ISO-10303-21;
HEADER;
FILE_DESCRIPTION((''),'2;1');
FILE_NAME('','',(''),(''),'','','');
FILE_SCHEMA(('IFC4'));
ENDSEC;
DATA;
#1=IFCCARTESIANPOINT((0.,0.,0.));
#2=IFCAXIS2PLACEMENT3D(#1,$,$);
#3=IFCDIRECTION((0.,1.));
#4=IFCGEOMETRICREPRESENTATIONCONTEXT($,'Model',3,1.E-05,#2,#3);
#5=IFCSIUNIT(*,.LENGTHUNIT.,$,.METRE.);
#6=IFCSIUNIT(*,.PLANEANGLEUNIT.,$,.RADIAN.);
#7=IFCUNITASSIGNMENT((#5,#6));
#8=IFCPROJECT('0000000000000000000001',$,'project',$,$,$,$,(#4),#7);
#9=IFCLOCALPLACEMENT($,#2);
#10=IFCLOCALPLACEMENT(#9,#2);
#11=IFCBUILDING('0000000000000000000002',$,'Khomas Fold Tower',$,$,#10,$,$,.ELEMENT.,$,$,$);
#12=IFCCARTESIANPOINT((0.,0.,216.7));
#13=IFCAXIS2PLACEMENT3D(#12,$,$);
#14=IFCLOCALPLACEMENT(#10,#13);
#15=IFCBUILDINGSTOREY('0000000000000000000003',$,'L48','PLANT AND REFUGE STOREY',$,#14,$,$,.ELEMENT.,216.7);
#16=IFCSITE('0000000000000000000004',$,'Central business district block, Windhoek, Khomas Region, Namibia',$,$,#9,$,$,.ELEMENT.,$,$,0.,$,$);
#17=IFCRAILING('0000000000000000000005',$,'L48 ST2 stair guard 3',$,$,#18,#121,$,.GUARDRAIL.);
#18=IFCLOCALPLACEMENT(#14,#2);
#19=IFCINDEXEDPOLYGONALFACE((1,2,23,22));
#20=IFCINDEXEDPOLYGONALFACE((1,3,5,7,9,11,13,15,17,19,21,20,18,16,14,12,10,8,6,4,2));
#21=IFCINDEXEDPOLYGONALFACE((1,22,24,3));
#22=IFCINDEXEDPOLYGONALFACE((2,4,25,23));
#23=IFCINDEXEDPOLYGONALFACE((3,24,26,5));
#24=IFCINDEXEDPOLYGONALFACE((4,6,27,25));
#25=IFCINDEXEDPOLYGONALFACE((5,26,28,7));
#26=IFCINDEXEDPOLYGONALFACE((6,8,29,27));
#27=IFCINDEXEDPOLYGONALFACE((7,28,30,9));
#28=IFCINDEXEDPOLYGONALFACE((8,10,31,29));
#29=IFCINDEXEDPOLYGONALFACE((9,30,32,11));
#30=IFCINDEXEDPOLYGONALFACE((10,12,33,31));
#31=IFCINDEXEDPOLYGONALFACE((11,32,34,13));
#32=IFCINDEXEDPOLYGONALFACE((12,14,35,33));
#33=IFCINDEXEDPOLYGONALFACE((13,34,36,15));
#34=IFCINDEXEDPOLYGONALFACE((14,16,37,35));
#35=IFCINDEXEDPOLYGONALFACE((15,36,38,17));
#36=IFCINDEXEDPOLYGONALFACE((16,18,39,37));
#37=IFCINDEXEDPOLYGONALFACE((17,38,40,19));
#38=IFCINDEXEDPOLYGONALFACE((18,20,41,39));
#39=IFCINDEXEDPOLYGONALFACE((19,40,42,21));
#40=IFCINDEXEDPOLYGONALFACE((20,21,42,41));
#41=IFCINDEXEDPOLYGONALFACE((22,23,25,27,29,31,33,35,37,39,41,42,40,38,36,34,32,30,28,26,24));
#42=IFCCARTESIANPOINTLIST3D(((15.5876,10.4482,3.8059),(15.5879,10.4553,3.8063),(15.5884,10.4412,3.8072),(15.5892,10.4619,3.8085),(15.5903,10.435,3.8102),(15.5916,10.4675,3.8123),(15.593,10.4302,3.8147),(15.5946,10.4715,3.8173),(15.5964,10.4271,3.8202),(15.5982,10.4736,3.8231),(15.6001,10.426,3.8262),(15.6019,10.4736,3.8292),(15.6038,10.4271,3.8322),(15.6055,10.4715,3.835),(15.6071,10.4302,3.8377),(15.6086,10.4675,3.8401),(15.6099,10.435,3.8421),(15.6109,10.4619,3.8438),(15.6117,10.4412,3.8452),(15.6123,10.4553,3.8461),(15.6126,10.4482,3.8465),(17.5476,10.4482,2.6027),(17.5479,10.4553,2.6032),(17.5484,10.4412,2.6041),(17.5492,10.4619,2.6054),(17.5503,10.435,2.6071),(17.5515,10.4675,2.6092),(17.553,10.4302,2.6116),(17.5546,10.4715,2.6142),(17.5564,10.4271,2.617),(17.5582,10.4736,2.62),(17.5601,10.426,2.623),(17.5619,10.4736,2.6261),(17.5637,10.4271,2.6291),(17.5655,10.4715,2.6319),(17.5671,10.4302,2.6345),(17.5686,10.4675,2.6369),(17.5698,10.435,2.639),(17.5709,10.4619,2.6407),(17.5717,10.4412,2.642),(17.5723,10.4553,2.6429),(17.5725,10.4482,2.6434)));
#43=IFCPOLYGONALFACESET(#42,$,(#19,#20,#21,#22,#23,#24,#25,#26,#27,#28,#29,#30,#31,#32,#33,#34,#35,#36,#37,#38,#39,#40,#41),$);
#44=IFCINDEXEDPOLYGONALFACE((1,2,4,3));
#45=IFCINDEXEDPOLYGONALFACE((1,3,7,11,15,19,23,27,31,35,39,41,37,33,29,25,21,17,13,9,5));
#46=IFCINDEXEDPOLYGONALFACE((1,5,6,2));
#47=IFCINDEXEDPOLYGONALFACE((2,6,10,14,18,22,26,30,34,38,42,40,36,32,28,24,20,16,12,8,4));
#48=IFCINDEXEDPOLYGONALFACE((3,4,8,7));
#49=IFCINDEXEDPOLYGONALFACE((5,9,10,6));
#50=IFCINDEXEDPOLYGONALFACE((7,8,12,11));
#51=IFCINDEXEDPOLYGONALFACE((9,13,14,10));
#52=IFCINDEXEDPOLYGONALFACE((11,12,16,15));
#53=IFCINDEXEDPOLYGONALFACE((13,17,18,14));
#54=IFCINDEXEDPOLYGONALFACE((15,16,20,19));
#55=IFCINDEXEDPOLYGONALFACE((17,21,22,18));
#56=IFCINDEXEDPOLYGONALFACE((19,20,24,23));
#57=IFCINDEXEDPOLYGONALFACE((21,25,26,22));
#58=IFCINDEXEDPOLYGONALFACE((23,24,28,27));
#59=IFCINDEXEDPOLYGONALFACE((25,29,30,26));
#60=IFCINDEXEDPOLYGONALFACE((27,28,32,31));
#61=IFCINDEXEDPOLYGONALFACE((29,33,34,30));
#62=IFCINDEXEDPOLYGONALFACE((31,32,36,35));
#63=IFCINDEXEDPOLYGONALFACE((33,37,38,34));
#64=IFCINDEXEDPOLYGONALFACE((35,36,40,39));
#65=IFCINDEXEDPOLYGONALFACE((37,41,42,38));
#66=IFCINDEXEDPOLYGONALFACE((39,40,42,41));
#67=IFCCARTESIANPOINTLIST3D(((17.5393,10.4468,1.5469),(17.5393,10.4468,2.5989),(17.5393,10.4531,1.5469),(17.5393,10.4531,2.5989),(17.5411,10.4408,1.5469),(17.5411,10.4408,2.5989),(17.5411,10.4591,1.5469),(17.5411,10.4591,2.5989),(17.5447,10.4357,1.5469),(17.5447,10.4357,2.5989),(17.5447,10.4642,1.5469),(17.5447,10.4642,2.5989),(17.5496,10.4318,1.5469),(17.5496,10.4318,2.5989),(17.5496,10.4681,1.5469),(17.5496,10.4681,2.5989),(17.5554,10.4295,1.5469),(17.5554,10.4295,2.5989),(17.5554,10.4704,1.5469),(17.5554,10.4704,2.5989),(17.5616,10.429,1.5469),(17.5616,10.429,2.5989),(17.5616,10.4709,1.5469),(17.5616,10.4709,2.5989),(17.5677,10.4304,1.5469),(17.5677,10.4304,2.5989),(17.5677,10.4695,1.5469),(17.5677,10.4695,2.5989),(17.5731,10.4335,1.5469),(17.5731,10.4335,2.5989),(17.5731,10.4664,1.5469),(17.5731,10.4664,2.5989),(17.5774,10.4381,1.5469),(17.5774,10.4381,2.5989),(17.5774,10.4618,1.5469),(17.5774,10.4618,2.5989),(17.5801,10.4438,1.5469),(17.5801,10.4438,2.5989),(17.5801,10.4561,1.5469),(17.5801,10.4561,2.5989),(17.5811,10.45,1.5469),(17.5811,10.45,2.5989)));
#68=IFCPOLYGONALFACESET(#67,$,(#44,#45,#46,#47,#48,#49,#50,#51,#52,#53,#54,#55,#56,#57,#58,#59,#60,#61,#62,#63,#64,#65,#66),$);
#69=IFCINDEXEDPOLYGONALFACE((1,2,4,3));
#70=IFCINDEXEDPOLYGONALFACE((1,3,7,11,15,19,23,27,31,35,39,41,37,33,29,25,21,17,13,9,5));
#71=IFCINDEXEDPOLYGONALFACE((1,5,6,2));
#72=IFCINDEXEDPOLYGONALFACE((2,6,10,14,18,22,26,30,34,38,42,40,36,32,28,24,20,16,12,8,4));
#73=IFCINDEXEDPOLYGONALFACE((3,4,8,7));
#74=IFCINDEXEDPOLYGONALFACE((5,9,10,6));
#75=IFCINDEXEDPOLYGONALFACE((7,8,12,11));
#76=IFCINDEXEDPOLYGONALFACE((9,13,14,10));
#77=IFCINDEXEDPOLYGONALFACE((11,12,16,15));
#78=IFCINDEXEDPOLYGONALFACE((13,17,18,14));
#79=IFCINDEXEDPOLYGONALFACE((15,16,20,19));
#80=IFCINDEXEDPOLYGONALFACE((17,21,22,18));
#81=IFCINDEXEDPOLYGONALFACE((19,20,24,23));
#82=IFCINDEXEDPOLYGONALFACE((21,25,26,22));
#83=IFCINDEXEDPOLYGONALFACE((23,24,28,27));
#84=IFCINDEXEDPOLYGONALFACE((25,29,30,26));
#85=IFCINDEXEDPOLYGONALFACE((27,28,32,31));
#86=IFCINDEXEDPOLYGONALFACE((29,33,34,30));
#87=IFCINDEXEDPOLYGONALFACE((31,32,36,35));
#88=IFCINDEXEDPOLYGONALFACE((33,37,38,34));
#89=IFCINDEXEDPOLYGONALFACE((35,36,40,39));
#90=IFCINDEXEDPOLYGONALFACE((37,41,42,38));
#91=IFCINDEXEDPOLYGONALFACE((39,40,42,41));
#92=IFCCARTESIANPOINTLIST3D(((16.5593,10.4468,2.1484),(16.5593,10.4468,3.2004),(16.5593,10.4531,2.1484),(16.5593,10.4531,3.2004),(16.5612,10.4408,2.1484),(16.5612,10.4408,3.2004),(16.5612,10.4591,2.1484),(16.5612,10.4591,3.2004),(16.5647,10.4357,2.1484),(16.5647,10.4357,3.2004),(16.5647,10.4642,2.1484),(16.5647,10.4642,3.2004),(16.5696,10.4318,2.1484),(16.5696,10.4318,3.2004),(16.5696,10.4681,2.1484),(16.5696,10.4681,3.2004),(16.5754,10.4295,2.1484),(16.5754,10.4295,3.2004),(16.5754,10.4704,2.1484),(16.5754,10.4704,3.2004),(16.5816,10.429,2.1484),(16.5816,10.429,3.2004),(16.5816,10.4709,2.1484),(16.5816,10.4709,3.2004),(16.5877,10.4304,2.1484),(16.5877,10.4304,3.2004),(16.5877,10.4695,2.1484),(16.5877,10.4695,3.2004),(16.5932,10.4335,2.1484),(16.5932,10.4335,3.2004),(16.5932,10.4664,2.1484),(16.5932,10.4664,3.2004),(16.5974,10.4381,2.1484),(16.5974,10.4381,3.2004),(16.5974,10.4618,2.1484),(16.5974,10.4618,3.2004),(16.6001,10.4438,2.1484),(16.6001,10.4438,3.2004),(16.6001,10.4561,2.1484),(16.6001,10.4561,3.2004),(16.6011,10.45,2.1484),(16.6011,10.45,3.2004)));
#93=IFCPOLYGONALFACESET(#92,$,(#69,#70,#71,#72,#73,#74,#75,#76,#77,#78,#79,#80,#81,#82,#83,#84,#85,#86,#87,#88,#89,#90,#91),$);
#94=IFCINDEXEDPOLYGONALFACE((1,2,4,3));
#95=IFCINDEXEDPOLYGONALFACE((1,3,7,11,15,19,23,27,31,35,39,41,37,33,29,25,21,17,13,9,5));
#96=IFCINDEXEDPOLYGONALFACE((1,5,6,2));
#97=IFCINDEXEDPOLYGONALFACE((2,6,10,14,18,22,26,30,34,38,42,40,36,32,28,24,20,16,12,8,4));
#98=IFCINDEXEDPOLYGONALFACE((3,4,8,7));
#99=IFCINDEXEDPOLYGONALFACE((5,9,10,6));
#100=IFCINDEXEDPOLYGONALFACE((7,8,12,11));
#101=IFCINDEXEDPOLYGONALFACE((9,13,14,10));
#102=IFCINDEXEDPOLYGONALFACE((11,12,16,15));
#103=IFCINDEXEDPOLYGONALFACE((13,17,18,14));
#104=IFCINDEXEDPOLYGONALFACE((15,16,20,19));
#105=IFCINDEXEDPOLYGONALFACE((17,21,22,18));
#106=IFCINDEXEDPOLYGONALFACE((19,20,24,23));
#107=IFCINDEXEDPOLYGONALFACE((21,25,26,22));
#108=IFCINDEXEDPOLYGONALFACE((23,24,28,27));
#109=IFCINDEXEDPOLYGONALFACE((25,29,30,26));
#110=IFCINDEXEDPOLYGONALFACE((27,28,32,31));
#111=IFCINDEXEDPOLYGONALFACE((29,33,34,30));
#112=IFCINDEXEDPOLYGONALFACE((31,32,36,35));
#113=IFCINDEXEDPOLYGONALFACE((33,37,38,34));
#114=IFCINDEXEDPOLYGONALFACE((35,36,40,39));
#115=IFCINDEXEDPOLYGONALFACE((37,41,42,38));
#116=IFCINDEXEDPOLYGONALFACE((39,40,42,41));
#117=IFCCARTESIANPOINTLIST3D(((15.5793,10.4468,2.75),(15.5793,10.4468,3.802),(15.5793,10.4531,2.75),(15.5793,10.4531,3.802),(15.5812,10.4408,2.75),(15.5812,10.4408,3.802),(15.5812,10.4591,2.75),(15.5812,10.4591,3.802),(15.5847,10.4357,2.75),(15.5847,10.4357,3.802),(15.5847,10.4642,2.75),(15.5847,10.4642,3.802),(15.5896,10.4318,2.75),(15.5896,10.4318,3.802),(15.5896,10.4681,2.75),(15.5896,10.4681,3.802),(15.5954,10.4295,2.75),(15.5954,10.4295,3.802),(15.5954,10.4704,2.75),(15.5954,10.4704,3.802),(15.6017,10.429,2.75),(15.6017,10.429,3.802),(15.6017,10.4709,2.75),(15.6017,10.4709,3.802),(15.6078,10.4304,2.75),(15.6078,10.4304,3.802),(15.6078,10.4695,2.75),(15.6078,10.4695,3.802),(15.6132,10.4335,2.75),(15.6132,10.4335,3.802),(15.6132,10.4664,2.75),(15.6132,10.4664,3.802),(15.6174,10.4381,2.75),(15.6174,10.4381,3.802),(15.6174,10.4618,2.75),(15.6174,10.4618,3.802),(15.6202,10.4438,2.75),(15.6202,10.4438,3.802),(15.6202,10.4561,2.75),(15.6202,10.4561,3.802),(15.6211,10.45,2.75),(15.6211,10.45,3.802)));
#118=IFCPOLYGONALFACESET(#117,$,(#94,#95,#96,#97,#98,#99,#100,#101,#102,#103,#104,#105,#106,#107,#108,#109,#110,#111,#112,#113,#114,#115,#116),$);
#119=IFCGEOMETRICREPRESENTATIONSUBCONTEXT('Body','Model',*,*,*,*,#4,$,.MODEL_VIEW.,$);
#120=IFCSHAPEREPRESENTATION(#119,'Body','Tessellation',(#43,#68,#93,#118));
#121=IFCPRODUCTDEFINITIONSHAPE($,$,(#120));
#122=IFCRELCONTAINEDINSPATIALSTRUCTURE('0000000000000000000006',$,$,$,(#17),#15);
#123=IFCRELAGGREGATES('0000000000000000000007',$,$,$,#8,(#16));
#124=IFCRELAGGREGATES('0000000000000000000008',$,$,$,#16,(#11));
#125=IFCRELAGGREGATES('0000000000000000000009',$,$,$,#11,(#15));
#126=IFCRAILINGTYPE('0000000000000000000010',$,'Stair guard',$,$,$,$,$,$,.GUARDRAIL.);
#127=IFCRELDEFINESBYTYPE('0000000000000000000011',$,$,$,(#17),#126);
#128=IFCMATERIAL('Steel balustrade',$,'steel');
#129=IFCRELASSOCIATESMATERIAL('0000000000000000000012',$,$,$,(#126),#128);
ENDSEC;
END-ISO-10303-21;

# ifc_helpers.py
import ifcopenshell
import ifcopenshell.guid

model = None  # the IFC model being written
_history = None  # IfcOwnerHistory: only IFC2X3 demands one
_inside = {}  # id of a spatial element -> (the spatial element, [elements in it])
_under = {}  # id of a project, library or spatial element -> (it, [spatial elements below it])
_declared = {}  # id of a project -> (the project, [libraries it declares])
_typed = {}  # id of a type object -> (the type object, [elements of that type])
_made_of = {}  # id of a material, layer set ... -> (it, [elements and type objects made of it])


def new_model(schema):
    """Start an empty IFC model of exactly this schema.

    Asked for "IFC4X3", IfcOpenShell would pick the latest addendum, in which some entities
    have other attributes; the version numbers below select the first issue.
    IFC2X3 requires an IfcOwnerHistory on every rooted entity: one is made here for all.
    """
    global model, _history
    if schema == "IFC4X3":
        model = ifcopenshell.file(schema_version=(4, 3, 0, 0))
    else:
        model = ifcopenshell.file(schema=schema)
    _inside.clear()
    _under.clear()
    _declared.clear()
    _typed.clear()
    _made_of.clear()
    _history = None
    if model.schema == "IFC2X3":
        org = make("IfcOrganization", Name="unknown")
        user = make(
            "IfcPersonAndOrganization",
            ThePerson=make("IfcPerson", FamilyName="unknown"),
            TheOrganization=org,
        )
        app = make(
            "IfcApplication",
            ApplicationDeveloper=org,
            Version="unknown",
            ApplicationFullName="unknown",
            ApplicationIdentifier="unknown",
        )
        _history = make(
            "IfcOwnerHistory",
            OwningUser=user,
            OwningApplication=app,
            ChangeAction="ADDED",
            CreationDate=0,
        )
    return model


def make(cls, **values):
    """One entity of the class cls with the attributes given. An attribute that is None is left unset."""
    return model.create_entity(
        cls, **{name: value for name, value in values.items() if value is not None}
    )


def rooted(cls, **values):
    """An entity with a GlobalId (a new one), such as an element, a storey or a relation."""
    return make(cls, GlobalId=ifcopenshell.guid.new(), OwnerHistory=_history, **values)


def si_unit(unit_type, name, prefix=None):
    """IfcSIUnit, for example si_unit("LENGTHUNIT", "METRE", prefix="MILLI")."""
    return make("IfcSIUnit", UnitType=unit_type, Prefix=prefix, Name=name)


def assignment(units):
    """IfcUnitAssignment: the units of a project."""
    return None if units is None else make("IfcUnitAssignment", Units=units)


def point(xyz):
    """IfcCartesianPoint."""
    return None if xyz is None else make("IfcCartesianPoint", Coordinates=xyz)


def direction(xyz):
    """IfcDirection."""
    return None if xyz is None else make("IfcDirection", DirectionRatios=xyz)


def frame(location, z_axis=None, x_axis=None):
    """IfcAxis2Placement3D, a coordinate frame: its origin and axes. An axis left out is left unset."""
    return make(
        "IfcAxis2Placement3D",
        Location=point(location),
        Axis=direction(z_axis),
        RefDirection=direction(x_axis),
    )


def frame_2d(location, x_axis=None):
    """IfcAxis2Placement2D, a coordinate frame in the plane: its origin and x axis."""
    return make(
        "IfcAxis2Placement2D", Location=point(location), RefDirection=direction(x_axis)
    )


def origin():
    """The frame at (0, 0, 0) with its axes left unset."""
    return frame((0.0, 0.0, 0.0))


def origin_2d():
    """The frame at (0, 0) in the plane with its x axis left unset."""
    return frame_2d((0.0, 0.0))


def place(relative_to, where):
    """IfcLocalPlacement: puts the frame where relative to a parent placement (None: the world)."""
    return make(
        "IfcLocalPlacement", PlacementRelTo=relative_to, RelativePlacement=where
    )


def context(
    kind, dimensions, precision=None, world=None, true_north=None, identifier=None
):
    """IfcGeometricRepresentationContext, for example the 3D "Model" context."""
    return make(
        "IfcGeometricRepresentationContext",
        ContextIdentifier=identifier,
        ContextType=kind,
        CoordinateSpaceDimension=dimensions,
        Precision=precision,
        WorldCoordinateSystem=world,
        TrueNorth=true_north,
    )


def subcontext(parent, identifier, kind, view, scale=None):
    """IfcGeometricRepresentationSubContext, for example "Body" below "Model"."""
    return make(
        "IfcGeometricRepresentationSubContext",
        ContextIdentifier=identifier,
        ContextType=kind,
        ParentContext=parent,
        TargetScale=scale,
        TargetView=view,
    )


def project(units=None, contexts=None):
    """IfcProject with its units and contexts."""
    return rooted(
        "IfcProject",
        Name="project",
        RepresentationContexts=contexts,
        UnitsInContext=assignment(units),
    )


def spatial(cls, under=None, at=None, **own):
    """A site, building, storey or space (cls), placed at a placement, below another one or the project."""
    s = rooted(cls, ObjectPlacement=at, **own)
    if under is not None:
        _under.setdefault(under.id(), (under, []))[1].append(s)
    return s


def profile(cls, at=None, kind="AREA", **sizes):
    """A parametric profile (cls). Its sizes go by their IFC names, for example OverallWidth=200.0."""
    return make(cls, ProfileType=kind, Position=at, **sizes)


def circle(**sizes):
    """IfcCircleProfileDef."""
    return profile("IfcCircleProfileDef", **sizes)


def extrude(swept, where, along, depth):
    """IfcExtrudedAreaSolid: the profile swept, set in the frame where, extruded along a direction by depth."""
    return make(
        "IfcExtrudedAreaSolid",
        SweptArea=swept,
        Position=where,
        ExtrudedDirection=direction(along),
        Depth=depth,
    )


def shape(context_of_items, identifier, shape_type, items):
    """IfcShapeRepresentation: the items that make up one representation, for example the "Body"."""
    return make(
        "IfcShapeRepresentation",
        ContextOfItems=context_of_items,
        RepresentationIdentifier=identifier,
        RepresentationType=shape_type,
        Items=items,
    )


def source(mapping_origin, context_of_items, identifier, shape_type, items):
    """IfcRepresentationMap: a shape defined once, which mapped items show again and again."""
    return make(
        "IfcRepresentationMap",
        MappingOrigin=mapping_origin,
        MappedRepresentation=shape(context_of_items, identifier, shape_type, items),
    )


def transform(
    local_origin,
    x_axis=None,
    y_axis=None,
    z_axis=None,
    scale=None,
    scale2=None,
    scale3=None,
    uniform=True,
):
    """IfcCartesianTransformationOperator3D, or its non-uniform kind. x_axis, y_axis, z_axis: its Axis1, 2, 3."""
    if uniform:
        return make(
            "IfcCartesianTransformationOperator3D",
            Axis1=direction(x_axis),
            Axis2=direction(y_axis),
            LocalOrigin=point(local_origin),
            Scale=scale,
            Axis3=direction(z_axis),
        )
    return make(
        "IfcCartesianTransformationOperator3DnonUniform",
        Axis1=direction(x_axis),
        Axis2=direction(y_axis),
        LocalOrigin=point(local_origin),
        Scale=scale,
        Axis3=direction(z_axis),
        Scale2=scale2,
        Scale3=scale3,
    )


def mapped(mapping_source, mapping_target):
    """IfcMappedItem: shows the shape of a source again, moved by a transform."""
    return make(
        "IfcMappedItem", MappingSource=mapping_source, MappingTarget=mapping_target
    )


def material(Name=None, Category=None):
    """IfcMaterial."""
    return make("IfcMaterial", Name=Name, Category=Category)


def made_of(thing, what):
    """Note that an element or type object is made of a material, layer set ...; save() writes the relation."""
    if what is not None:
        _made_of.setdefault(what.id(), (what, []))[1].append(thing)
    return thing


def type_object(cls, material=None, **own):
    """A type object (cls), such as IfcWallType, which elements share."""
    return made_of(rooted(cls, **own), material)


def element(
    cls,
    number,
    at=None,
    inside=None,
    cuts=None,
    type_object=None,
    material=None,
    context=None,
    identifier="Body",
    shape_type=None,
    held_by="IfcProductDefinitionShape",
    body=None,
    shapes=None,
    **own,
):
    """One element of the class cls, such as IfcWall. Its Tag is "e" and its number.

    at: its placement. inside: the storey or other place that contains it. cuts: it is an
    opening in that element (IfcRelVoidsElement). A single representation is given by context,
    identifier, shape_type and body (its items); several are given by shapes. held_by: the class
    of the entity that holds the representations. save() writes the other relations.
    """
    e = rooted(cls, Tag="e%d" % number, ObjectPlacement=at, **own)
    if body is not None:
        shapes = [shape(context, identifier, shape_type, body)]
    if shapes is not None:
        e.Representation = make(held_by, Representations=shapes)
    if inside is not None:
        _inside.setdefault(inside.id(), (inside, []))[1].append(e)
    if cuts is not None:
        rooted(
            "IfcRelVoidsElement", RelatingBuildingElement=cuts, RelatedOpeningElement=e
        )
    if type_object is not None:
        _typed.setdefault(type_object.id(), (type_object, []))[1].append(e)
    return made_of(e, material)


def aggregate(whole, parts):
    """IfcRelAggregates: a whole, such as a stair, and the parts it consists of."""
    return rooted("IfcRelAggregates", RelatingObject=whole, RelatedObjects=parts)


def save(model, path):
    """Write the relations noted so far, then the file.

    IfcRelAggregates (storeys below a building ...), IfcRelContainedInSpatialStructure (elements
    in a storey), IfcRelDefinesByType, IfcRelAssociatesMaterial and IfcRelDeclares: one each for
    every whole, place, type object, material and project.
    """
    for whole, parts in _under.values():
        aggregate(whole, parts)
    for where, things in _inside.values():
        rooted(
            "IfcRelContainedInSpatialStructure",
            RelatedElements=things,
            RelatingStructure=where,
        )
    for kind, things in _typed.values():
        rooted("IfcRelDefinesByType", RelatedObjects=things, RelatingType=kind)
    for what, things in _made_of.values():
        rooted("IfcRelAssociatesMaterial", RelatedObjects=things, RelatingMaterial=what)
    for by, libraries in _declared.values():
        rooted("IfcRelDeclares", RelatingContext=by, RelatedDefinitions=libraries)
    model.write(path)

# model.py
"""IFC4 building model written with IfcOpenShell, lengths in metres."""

from ifc_helpers import new_model, si_unit, direction, frame, origin, origin_2d, place, context, subcontext, project, spatial, circle, extrude, source, transform, mapped, material, type_object, element, save


model = new_model("IFC4")

# Units and contexts
model_context = context("Model", 3, precision=1e-05, world=origin(), true_north=direction((0.0, 1.0)))
body_context = subcontext(model_context, "Body", "Model", "MODEL_VIEW")
ifc_project = project(units=[si_unit("LENGTHUNIT", "METRE"), si_unit("PLANEANGLEUNIT", "RADIAN")], contexts=[model_context])

# Site, building, storey
site_placement = place(None, origin())
site = spatial("IfcSite", under=ifc_project, at=site_placement, Name="Central business district block, Windhoek, Khomas Region, Namibia", CompositionType="ELEMENT", RefElevation=0.0)
building_placement = place(site_placement, origin())
building = spatial("IfcBuilding", under=site, at=building_placement, Name="Khomas Fold Tower", CompositionType="ELEMENT")
storey_placement = place(building_placement, frame((0.0, 0.0, 216.7)))
storey = spatial("IfcBuildingStorey", under=building, at=storey_placement, Name="L48", Description="PLANT AND REFUGE STOREY", CompositionType="ELEMENT", Elevation=216.7)

# Railing
ifc_material_1 = material(Name="Steel balustrade", Category="steel")
railing_type_1 = type_object("IfcRailingType", Name="Stair guard", PredefinedType="GUARDRAIL", material=ifc_material_1)
shared_shape_1 = source(origin(), body_context, "Body", "SweptSolid", [
    extrude(circle(Radius=0.0239, at=origin_2d()), frame((0.0, 0.0, 1.0762), z_axis=(-0.852241, 0.0, 0.523149), x_axis=(0.0, -1.0, 0.0)), (0.0, 0.0, 1.0), 2.2998),
    extrude(circle(Radius=0.021, at=origin_2d()), origin(), (0.0, 0.0, 1.0), 1.052),
    extrude(circle(Radius=0.021, at=origin_2d()), frame((-0.98, 0.0, 0.6016)), (0.0, 0.0, 1.0), 1.052),
    extrude(circle(Radius=0.021, at=origin_2d()), frame((-1.96, 0.0, 1.2031)), (0.0, 0.0, 1.0), 1.052),
])
for number, where, name in (
    (1, (17.5601, 10.45, 1.5469), "L48 ST2 stair guard 3"),
):
    element("IfcRailing", number, at=place(storey_placement, frame(where)), inside=storey, type_object=railing_type_1, Name=name, PredefinedType="GUARDRAIL", context=body_context, shape_type="MappedRepresentation", body=[
        mapped(shared_shape_1, transform((0.0, 0.0, 0.0))),
    ])

save(model, "model.ifc")
